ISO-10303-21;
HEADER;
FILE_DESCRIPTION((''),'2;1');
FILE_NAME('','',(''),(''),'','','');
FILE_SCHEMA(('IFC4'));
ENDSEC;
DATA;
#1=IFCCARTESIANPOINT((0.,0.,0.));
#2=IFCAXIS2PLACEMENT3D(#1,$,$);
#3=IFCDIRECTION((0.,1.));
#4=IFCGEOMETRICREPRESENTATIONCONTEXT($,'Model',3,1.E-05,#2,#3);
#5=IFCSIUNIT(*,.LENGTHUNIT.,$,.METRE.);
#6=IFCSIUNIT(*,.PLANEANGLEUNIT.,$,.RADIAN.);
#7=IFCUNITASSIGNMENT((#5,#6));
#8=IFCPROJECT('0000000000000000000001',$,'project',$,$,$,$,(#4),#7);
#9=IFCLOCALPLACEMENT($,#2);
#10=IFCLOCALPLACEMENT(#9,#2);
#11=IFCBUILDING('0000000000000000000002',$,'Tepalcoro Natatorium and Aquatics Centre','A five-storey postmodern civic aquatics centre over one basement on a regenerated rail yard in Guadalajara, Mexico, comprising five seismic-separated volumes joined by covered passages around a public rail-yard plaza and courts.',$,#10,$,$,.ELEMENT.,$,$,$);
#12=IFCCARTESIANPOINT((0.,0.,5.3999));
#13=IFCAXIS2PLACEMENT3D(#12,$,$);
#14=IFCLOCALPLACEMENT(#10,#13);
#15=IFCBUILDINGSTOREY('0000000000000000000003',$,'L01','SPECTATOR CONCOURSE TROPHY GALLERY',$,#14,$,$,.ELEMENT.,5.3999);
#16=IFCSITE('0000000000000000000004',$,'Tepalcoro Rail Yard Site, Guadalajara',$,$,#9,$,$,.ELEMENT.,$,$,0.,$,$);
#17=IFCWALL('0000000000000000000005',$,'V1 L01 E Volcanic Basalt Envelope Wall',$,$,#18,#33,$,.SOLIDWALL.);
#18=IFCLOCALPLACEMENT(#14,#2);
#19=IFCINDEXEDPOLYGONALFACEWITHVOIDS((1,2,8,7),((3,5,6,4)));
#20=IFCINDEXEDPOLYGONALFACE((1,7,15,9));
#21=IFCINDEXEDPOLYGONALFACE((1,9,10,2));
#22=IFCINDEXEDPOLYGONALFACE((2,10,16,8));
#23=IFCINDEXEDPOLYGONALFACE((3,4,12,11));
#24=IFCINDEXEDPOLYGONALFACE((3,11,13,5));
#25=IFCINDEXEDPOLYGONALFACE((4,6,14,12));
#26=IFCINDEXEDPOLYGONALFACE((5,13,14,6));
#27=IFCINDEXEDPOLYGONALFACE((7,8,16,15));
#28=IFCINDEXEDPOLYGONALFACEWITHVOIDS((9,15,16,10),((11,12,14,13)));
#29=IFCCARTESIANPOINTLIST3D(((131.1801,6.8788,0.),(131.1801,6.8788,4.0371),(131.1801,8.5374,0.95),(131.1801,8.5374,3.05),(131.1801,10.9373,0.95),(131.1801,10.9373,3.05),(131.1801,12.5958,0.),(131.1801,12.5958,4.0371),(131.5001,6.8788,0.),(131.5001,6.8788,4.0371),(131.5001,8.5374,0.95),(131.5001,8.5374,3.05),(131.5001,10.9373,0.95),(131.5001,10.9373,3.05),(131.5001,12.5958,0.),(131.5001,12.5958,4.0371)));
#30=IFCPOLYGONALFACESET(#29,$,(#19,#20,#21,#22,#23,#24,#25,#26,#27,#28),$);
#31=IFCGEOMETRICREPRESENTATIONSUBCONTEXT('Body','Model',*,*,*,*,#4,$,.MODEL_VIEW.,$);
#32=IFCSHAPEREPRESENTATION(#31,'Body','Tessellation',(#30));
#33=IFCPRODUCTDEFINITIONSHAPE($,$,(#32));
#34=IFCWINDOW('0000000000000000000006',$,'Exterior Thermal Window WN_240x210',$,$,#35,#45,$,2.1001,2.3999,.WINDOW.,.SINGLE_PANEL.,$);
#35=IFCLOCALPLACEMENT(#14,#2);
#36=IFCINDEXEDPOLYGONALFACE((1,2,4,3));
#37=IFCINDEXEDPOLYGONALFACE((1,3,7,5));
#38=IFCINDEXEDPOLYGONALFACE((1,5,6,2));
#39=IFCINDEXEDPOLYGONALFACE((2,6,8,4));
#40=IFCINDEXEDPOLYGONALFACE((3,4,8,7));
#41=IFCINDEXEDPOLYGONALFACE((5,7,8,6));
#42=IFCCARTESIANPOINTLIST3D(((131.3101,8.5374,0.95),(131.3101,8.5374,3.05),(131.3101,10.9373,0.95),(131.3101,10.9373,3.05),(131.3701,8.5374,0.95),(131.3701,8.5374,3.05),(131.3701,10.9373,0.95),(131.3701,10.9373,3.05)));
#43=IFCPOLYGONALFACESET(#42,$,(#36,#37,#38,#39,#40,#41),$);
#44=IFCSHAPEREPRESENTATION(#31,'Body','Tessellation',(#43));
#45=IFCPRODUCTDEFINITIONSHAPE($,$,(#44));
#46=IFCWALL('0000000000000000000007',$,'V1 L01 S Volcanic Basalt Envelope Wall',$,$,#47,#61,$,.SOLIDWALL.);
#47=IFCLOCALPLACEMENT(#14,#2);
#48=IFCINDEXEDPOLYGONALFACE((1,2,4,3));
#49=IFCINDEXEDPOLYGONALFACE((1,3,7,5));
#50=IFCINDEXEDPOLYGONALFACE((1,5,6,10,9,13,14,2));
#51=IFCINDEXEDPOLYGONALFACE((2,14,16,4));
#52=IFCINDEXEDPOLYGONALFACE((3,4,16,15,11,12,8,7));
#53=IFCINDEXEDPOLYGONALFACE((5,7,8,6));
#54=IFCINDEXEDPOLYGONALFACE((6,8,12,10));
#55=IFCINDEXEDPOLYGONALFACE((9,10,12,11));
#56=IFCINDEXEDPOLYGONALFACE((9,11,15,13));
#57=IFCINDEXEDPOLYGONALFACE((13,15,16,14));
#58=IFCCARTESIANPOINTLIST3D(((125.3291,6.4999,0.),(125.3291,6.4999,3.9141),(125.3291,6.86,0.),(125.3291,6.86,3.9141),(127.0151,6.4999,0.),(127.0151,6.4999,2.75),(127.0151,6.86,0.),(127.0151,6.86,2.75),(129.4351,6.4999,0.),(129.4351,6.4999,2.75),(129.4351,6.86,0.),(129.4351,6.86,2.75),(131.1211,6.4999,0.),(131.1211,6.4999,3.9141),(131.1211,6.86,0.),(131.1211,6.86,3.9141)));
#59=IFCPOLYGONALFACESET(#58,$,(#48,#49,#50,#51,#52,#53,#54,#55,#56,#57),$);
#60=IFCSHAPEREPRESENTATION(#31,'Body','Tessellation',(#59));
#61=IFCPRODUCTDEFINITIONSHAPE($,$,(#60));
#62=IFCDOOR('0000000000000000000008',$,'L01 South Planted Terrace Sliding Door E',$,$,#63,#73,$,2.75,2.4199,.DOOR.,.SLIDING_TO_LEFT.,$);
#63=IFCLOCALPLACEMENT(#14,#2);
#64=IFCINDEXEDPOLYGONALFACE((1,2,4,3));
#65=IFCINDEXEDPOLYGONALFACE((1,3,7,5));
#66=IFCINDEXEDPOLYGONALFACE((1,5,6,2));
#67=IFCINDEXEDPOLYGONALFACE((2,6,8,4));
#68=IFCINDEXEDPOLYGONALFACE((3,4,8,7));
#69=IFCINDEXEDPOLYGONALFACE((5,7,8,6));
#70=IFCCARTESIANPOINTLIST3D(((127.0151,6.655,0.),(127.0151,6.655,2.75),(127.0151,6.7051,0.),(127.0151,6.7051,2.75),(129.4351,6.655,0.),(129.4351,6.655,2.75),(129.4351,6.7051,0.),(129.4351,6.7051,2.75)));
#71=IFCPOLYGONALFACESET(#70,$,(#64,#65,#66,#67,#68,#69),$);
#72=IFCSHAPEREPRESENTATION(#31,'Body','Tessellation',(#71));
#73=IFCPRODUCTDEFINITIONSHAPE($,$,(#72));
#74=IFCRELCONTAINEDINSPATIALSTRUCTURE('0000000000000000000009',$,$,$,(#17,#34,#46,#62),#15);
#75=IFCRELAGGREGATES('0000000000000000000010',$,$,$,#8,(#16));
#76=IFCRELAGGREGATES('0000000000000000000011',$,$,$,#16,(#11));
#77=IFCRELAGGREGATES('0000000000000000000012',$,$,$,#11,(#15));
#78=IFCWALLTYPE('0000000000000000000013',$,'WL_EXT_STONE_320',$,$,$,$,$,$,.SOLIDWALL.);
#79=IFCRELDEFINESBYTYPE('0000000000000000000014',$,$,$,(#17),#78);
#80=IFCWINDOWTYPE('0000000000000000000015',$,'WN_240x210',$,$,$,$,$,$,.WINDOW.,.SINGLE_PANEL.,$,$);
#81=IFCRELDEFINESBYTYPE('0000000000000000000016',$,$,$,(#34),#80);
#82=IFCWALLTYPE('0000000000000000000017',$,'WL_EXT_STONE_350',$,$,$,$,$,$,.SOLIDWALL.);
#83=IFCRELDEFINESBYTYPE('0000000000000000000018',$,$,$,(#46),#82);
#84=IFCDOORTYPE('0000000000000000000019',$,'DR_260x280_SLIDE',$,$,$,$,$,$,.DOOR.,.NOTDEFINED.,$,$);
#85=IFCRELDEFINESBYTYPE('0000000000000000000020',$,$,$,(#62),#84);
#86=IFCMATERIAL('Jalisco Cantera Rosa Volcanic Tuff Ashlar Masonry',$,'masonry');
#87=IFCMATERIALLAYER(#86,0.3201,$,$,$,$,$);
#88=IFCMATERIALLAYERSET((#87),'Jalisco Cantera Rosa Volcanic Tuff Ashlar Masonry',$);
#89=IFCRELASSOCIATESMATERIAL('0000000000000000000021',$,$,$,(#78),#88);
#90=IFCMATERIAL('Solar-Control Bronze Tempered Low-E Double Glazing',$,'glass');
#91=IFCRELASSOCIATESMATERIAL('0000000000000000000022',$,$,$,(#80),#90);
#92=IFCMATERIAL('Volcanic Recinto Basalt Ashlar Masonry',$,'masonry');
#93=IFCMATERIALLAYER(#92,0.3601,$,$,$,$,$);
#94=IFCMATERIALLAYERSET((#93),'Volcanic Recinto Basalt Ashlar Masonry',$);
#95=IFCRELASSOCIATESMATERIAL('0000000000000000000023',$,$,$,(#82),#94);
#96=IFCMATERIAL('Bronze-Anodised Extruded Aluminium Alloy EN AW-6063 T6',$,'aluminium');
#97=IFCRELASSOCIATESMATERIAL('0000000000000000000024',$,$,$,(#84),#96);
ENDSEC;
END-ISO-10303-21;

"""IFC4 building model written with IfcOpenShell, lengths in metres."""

from ifc_helpers import new_model, si_unit, direction, frame, frame_2d, origin, place, context, subcontext, project, spatial, rectangle, extrude, material, layer, layer_set, type_object, element, fill, save


model = new_model("IFC4")

# Units and contexts
model_context = context("Model", 3, precision=1e-05, world=origin(), true_north=direction((0.0, 1.0)))
body_context = subcontext(model_context, "Body", "Model", "MODEL_VIEW")
ifc_project = project(units=[si_unit("LENGTHUNIT", "METRE"), si_unit("PLANEANGLEUNIT", "RADIAN")], contexts=[model_context])

# Site, building, storey
site_placement = place(None, origin())
site = spatial("IfcSite", under=ifc_project, at=site_placement, Name="Tepalcoro Rail Yard Site, Guadalajara", CompositionType="ELEMENT", RefElevation=0.0)
building_placement = place(site_placement, origin())
building = spatial("IfcBuilding", under=site, at=building_placement, Name="Tepalcoro Natatorium and Aquatics Centre", Description="A five-storey postmodern civic aquatics centre over one basement on a regenerated rail yard in Guadalajara, Mexico, comprising five seismic-separated volumes joined by covered passages around a public rail-yard plaza and courts.", CompositionType="ELEMENT")
storey_placement = place(building_placement, frame((0.0, 0.0, 5.3999)))
storey = spatial("IfcBuildingStorey", under=building, at=storey_placement, Name="L01", Description="SPECTATOR CONCOURSE TROPHY GALLERY", CompositionType="ELEMENT", Elevation=5.3999)

# Shared definitions
ifc_material_1 = material(Name="Bronze-Anodised Extruded Aluminium Alloy EN AW-6063 T6", Category="aluminium")

# Wall, opening, window
ifc_material_2 = material(Name="Jalisco Cantera Rosa Volcanic Tuff Ashlar Masonry", Category="masonry")
ifc_layer_1 = layer(ifc_material_2, 0.3201)
ifc_layer_set_1 = layer_set([ifc_layer_1], Name="Jalisco Cantera Rosa Volcanic Tuff Ashlar Masonry")
wall_type_1 = type_object("IfcWallType", Name="WL_EXT_STONE_320", PredefinedType="SOLIDWALL", material=ifc_layer_set_1)
wall_1_placement = place(storey_placement, frame((131.3401, 6.8789, 0.0), z_axis=(0.0, 0.0, 1.0), x_axis=(0.0, 1.0, 0.0)))
wall_1 = element("IfcWall", 1, at=wall_1_placement, inside=storey, type_object=wall_type_1, Name="V1 L01 E Volcanic Basalt Envelope Wall", PredefinedType="SOLIDWALL", context=body_context, shape_type="SweptSolid", body=[
    extrude(rectangle(XDim=5.717, YDim=0.3201, at=frame_2d((2.8584, 0.0))), origin(), (0.0, 0.0, 1.0), 4.0371),
])
opening_1_placement = place(wall_1_placement, frame((1.6584, 0.0, 0.95)))
opening_1 = element("IfcOpeningElement", 2, at=opening_1_placement, cuts=wall_1, PredefinedType="OPENING", context=body_context, shape_type="SweptSolid", body=[
    extrude(rectangle(XDim=2.3999, YDim=2.1001, at=frame_2d((1.2, 1.05))), frame((0.0, 0.1719, 0.0), z_axis=(0.0, -1.0, 0.0), x_axis=(1.0, 0.0, 0.0)), (0.0, 0.0, 1.0), 0.344),
])
ifc_material_3 = material(Name="Solar-Control Bronze Tempered Low-E Double Glazing", Category="glass")
window_type = type_object("IfcWindowType", Name="WN_240x210", PartitioningType="SINGLE_PANEL", PredefinedType="WINDOW", material=ifc_material_3)
window_placement = place(opening_1_placement, origin())
window = element("IfcWindow", 3, at=window_placement, inside=storey, type_object=window_type, Name="Exterior Thermal Window WN_240x210", OverallHeight=2.1001, OverallWidth=2.3999, PartitioningType="SINGLE_PANEL", PredefinedType="WINDOW", context=body_context, shape_type="SweptSolid", body=[
    extrude(rectangle(XDim=2.3999, YDim=2.1001, at=frame_2d((1.2, 1.05))), frame((0.0, 0.03, 0.0), z_axis=(0.0, -1.0, 0.0), x_axis=(1.0, 0.0, 0.0)), (0.0, 0.0, 1.0), 0.0601),
])
fill(opening_1, window)

# Wall, opening, door
ifc_material_4 = material(Name="Volcanic Recinto Basalt Ashlar Masonry", Category="masonry")
ifc_layer_2 = layer(ifc_material_4, 0.3601)
ifc_layer_set_2 = layer_set([ifc_layer_2], Name="Volcanic Recinto Basalt Ashlar Masonry")
wall_type_2 = type_object("IfcWallType", Name="WL_EXT_STONE_350", PredefinedType="SOLIDWALL", material=ifc_layer_set_2)
wall_2_placement = place(storey_placement, frame((125.3291, 6.6799, 0.0), z_axis=(0.0, 0.0, 1.0), x_axis=(1.0, 0.0, 0.0)))
wall_2 = element("IfcWall", 4, at=wall_2_placement, inside=storey, type_object=wall_type_2, Name="V1 L01 S Volcanic Basalt Envelope Wall", PredefinedType="SOLIDWALL", context=body_context, shape_type="SweptSolid", body=[
    extrude(rectangle(XDim=5.792, YDim=0.3601, at=frame_2d((2.896, 0.0))), origin(), (0.0, 0.0, 1.0), 3.9141),
])
opening_2_placement = place(wall_2_placement, frame((1.686, 0.0, 0.0)))
opening_2 = element("IfcOpeningElement", 5, at=opening_2_placement, cuts=wall_2, PredefinedType="OPENING", context=body_context, shape_type="SweptSolid", body=[
    extrude(rectangle(XDim=2.4199, YDim=2.75, at=frame_2d((1.21, 1.375))), frame((0.0, 0.1919, 0.0), z_axis=(0.0, -1.0, 0.0), x_axis=(1.0, 0.0, 0.0)), (0.0, 0.0, 1.0), 0.384),
])
door_type = type_object("IfcDoorType", Name="DR_260x280_SLIDE", OperationType="NOTDEFINED", PredefinedType="DOOR", material=ifc_material_1)
door_placement = place(opening_2_placement, frame((2.4199, 0.0, 0.0), z_axis=(0.0, 0.0, 1.0), x_axis=(-1.0, 0.0, 0.0)))
door = element("IfcDoor", 6, at=door_placement, inside=storey, type_object=door_type, Name="L01 South Planted Terrace Sliding Door E", OperationType="SLIDING_TO_LEFT", OverallHeight=2.75, OverallWidth=2.4199, PredefinedType="DOOR", context=body_context, shape_type="SweptSolid", body=[
    extrude(rectangle(XDim=2.4199, YDim=2.75, at=frame_2d((1.21, 1.375))), frame((0.0, 0.0249, 0.0), z_axis=(0.0, -1.0, 0.0), x_axis=(1.0, 0.0, 0.0)), (0.0, 0.0, 1.0), 0.05),
])
fill(opening_2, door)

save(model, "model.ifc")
